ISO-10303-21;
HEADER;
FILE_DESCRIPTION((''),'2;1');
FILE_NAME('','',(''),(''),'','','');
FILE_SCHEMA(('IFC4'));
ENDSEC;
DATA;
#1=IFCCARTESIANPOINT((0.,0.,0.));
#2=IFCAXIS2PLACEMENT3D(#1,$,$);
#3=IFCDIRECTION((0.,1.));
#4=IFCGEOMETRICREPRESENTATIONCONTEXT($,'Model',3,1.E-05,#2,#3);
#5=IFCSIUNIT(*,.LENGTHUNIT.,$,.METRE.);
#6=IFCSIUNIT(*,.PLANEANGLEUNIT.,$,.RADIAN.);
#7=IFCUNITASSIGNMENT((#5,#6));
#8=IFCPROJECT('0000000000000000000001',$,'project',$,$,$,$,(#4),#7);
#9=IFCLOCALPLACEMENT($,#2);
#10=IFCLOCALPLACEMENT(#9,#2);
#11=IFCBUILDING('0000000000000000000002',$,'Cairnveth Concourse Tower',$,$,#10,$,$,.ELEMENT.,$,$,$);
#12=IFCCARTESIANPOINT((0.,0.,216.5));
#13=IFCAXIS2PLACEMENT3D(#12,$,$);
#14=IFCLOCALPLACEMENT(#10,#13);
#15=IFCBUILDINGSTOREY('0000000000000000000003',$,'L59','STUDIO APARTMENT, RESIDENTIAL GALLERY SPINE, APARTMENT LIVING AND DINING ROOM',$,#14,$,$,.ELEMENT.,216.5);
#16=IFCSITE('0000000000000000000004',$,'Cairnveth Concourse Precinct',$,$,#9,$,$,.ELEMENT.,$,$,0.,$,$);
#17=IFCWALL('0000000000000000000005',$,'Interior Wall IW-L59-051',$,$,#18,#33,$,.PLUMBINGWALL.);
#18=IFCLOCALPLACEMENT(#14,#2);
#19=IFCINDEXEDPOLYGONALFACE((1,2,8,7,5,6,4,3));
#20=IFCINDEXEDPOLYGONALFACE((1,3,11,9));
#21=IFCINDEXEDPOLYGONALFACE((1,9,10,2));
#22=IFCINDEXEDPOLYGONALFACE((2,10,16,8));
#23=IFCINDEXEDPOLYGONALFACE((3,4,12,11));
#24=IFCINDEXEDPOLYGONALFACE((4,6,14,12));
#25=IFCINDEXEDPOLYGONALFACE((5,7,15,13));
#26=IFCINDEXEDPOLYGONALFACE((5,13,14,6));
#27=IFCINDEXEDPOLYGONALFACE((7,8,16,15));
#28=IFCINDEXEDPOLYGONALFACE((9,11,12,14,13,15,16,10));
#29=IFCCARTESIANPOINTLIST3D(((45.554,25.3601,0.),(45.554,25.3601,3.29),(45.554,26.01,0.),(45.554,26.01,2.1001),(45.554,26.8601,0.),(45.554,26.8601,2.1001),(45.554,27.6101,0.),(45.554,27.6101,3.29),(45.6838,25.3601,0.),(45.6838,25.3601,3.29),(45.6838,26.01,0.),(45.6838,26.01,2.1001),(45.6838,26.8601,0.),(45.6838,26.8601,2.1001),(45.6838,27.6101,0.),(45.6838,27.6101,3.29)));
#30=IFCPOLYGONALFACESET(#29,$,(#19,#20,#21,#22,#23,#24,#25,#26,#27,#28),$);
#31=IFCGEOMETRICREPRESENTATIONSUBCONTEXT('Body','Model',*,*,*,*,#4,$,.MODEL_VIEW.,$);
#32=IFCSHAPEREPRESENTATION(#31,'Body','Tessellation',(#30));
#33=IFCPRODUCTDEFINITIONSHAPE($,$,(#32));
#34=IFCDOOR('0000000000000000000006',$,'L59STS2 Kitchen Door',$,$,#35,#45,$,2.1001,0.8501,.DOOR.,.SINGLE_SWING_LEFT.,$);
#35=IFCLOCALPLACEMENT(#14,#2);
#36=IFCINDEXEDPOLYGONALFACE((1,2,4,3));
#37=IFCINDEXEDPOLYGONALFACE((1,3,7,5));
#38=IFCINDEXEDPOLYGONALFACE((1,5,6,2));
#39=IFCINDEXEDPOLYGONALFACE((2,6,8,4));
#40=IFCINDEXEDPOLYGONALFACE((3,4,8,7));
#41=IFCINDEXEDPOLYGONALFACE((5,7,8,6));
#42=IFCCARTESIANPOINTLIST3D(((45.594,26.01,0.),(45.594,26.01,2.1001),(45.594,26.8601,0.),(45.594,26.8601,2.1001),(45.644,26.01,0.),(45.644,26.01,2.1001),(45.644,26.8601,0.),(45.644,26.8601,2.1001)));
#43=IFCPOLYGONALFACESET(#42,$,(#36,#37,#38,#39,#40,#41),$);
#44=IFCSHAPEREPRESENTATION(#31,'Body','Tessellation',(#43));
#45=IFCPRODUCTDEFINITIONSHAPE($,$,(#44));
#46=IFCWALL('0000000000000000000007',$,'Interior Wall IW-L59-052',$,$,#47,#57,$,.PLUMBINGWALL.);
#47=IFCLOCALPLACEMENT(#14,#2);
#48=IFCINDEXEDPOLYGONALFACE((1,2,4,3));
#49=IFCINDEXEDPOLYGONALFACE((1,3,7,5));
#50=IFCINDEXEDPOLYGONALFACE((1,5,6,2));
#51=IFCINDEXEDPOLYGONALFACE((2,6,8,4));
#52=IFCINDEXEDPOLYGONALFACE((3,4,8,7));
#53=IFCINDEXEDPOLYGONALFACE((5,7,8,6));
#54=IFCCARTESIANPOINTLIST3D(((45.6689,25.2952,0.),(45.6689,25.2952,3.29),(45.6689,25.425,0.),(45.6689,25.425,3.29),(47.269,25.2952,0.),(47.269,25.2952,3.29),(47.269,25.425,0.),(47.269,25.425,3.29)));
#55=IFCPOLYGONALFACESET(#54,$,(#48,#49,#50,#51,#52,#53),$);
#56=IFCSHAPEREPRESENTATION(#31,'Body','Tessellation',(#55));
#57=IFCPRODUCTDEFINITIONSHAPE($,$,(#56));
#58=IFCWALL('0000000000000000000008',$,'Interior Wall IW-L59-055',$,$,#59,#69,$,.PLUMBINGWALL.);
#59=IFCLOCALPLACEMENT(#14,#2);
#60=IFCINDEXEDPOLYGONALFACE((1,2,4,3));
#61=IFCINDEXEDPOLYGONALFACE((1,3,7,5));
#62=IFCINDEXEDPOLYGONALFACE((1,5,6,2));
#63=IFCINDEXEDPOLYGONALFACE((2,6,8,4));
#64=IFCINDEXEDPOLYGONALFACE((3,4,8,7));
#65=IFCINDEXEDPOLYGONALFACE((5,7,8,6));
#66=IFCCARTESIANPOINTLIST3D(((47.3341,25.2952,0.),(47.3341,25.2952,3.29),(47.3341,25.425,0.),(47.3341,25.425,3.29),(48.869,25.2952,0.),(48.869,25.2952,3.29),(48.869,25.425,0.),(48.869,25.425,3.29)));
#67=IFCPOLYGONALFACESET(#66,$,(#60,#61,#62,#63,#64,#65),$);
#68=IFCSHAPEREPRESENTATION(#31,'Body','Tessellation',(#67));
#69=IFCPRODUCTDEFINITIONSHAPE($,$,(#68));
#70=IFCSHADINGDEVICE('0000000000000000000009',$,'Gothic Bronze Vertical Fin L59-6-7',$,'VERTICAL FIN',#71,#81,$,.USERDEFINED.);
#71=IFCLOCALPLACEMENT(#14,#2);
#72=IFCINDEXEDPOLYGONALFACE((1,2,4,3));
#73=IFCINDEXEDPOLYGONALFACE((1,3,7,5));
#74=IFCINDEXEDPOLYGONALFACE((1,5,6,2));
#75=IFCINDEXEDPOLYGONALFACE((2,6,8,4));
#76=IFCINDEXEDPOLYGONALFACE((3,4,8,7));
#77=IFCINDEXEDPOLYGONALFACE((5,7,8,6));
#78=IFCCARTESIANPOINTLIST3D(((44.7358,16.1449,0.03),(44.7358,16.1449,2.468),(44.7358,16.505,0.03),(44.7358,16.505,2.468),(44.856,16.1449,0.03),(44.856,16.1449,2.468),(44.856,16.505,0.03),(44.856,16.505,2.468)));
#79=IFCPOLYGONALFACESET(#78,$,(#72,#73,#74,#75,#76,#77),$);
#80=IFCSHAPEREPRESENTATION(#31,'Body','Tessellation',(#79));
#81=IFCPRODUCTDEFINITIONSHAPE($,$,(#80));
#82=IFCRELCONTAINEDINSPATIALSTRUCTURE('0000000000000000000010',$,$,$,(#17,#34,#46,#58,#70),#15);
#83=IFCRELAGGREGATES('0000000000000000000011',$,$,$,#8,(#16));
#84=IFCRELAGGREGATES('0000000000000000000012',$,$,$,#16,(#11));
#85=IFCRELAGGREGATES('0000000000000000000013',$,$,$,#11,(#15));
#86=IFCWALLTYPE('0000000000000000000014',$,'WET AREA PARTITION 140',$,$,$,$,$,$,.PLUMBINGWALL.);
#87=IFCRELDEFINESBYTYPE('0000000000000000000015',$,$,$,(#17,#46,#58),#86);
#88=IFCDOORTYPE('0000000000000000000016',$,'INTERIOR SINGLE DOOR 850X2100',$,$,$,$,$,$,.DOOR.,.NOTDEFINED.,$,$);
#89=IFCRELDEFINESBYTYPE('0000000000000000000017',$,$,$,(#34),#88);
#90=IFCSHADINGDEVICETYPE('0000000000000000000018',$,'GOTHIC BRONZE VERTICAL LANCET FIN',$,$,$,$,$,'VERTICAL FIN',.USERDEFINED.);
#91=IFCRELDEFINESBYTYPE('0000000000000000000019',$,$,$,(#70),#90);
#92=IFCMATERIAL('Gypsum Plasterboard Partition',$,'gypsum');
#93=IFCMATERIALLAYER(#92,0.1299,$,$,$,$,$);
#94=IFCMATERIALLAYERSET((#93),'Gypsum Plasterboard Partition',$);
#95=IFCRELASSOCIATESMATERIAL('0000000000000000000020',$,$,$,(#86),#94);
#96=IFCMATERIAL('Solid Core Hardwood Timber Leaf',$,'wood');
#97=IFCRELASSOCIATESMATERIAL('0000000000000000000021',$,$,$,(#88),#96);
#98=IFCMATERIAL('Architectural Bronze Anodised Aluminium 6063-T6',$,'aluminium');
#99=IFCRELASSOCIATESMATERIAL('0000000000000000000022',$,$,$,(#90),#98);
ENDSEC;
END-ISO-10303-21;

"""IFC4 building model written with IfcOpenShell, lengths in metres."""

from ifc_helpers import new_model, si_unit, direction, frame, frame_2d, origin, origin_2d, place, context, subcontext, project, spatial, rectangle, extrude, material, layer, layer_set, type_object, element, fill, save


model = new_model("IFC4")

# Units and contexts
model_context = context("Model", 3, precision=1e-05, world=origin(), true_north=direction((0.0, 1.0)))
body_context = subcontext(model_context, "Body", "Model", "MODEL_VIEW")
ifc_project = project(units=[si_unit("LENGTHUNIT", "METRE"), si_unit("PLANEANGLEUNIT", "RADIAN")], contexts=[model_context])

# Site, building, storey
site_placement = place(None, origin())
site = spatial("IfcSite", under=ifc_project, at=site_placement, Name="Cairnveth Concourse Precinct", CompositionType="ELEMENT", RefElevation=0.0)
building_placement = place(site_placement, origin())
building = spatial("IfcBuilding", under=site, at=building_placement, Name="Cairnveth Concourse Tower", CompositionType="ELEMENT")
storey_placement = place(building_placement, frame((0.0, 0.0, 216.5)))
storey = spatial("IfcBuildingStorey", under=building, at=storey_placement, Name="L59", Description="STUDIO APARTMENT, RESIDENTIAL GALLERY SPINE, APARTMENT LIVING AND DINING ROOM", CompositionType="ELEMENT", Elevation=216.5)

# Shared definitions
ifc_material_1 = material(Name="Gypsum Plasterboard Partition", Category="gypsum")
ifc_material_2 = material(Name="Solid Core Hardwood Timber Leaf", Category="wood")

# Shared definitions
ifc_layer_1 = layer(ifc_material_1, 0.1299)
ifc_layer_set_1 = layer_set([ifc_layer_1], Name="Gypsum Plasterboard Partition")
wall_type_1 = type_object("IfcWallType", Name="WET AREA PARTITION 140", PredefinedType="PLUMBINGWALL", material=ifc_layer_set_1)

# Wall, opening, door
wall_1_placement = place(storey_placement, frame((45.6189, 25.3601, 0.0), z_axis=(0.0, 0.0, 1.0), x_axis=(0.0, 1.0, 0.0)))
wall_1 = element("IfcWall", 1, at=wall_1_placement, inside=storey, type_object=wall_type_1, Name="Interior Wall IW-L59-051", PredefinedType="PLUMBINGWALL", context=body_context, shape_type="SweptSolid", body=[
    extrude(rectangle(XDim=2.25, YDim=0.1299, at=frame_2d((1.125, 0.0))), origin(), (0.0, 0.0, 1.0), 3.29),
])
opening_1_placement = place(wall_1_placement, frame((0.6499, 0.0, 0.0)))
opening_1 = element("IfcOpeningElement", 2, at=opening_1_placement, cuts=wall_1, PredefinedType="OPENING", context=body_context, shape_type="SweptSolid", body=[
    extrude(rectangle(XDim=0.8501, YDim=2.1001, at=frame_2d((0.425, 1.05))), frame((0.0, 0.075, 0.0), z_axis=(0.0, -1.0, 0.0), x_axis=(1.0, 0.0, 0.0)), (0.0, 0.0, 1.0), 0.1499),
])
door_type_1 = type_object("IfcDoorType", Name="INTERIOR SINGLE DOOR 850X2100", OperationType="NOTDEFINED", PredefinedType="DOOR", material=ifc_material_2)
door_1_placement = place(opening_1_placement, origin())
door_1 = element("IfcDoor", 3, at=door_1_placement, inside=storey, type_object=door_type_1, Name="L59STS2 Kitchen Door", OperationType="SINGLE_SWING_LEFT", OverallHeight=2.1001, OverallWidth=0.8501, PredefinedType="DOOR", context=body_context, shape_type="SweptSolid", body=[
    extrude(rectangle(XDim=0.8501, YDim=2.1001, at=frame_2d((0.425, 1.05))), frame((0.0, 0.0249, 0.0), z_axis=(0.0, -1.0, 0.0), x_axis=(1.0, 0.0, 0.0)), (0.0, 0.0, 1.0), 0.05),
])
fill(opening_1, door_1)

# Walls
wall_2_placement = place(storey_placement, frame((45.6689, 25.3601, 0.0), z_axis=(0.0, 0.0, 1.0), x_axis=(1.0, 0.0, 0.0)))
element("IfcWall", 4, at=wall_2_placement, inside=storey, type_object=wall_type_1, Name="Interior Wall IW-L59-052", PredefinedType="PLUMBINGWALL", context=body_context, shape_type="SweptSolid", body=[
    extrude(rectangle(XDim=1.6001, YDim=0.1299, at=frame_2d((0.8, 0.0))), origin(), (0.0, 0.0, 1.0), 3.29),
])
wall_3_placement = place(storey_placement, frame((47.334, 25.3601, 0.0), z_axis=(0.0, 0.0, 1.0), x_axis=(1.0, 0.0, 0.0)))
element("IfcWall", 5, at=wall_3_placement, inside=storey, type_object=wall_type_1, Name="Interior Wall IW-L59-055", PredefinedType="PLUMBINGWALL", context=body_context, shape_type="SweptSolid", body=[
    extrude(rectangle(XDim=1.5349, YDim=0.1299, at=frame_2d((0.7676, 0.0))), origin(), (0.0, 0.0, 1.0), 3.29),
])

# Shading device
ifc_material_3 = material(Name="Architectural Bronze Anodised Aluminium 6063-T6", Category="aluminium")
shading_device_type = type_object("IfcShadingDeviceType", Name="GOTHIC BRONZE VERTICAL LANCET FIN", ElementType="VERTICAL FIN", PredefinedType="USERDEFINED", material=ifc_material_3)
shading_device_placement = place(storey_placement, frame((44.7959, 16.325, 0.03), z_axis=(0.0, 0.0, 1.0), x_axis=(1.0, 0.0, 0.0)))
element("IfcShadingDevice", 6, at=shading_device_placement, inside=storey, type_object=shading_device_type, Name="Gothic Bronze Vertical Fin L59-6-7", ObjectType="VERTICAL FIN", PredefinedType="USERDEFINED", context=body_context, shape_type="SweptSolid", body=[
    extrude(rectangle(XDim=0.1201, YDim=0.3601, at=origin_2d()), origin(), (0.0, 0.0, 1.0), 2.438),
])

save(model, "model.ifc")
